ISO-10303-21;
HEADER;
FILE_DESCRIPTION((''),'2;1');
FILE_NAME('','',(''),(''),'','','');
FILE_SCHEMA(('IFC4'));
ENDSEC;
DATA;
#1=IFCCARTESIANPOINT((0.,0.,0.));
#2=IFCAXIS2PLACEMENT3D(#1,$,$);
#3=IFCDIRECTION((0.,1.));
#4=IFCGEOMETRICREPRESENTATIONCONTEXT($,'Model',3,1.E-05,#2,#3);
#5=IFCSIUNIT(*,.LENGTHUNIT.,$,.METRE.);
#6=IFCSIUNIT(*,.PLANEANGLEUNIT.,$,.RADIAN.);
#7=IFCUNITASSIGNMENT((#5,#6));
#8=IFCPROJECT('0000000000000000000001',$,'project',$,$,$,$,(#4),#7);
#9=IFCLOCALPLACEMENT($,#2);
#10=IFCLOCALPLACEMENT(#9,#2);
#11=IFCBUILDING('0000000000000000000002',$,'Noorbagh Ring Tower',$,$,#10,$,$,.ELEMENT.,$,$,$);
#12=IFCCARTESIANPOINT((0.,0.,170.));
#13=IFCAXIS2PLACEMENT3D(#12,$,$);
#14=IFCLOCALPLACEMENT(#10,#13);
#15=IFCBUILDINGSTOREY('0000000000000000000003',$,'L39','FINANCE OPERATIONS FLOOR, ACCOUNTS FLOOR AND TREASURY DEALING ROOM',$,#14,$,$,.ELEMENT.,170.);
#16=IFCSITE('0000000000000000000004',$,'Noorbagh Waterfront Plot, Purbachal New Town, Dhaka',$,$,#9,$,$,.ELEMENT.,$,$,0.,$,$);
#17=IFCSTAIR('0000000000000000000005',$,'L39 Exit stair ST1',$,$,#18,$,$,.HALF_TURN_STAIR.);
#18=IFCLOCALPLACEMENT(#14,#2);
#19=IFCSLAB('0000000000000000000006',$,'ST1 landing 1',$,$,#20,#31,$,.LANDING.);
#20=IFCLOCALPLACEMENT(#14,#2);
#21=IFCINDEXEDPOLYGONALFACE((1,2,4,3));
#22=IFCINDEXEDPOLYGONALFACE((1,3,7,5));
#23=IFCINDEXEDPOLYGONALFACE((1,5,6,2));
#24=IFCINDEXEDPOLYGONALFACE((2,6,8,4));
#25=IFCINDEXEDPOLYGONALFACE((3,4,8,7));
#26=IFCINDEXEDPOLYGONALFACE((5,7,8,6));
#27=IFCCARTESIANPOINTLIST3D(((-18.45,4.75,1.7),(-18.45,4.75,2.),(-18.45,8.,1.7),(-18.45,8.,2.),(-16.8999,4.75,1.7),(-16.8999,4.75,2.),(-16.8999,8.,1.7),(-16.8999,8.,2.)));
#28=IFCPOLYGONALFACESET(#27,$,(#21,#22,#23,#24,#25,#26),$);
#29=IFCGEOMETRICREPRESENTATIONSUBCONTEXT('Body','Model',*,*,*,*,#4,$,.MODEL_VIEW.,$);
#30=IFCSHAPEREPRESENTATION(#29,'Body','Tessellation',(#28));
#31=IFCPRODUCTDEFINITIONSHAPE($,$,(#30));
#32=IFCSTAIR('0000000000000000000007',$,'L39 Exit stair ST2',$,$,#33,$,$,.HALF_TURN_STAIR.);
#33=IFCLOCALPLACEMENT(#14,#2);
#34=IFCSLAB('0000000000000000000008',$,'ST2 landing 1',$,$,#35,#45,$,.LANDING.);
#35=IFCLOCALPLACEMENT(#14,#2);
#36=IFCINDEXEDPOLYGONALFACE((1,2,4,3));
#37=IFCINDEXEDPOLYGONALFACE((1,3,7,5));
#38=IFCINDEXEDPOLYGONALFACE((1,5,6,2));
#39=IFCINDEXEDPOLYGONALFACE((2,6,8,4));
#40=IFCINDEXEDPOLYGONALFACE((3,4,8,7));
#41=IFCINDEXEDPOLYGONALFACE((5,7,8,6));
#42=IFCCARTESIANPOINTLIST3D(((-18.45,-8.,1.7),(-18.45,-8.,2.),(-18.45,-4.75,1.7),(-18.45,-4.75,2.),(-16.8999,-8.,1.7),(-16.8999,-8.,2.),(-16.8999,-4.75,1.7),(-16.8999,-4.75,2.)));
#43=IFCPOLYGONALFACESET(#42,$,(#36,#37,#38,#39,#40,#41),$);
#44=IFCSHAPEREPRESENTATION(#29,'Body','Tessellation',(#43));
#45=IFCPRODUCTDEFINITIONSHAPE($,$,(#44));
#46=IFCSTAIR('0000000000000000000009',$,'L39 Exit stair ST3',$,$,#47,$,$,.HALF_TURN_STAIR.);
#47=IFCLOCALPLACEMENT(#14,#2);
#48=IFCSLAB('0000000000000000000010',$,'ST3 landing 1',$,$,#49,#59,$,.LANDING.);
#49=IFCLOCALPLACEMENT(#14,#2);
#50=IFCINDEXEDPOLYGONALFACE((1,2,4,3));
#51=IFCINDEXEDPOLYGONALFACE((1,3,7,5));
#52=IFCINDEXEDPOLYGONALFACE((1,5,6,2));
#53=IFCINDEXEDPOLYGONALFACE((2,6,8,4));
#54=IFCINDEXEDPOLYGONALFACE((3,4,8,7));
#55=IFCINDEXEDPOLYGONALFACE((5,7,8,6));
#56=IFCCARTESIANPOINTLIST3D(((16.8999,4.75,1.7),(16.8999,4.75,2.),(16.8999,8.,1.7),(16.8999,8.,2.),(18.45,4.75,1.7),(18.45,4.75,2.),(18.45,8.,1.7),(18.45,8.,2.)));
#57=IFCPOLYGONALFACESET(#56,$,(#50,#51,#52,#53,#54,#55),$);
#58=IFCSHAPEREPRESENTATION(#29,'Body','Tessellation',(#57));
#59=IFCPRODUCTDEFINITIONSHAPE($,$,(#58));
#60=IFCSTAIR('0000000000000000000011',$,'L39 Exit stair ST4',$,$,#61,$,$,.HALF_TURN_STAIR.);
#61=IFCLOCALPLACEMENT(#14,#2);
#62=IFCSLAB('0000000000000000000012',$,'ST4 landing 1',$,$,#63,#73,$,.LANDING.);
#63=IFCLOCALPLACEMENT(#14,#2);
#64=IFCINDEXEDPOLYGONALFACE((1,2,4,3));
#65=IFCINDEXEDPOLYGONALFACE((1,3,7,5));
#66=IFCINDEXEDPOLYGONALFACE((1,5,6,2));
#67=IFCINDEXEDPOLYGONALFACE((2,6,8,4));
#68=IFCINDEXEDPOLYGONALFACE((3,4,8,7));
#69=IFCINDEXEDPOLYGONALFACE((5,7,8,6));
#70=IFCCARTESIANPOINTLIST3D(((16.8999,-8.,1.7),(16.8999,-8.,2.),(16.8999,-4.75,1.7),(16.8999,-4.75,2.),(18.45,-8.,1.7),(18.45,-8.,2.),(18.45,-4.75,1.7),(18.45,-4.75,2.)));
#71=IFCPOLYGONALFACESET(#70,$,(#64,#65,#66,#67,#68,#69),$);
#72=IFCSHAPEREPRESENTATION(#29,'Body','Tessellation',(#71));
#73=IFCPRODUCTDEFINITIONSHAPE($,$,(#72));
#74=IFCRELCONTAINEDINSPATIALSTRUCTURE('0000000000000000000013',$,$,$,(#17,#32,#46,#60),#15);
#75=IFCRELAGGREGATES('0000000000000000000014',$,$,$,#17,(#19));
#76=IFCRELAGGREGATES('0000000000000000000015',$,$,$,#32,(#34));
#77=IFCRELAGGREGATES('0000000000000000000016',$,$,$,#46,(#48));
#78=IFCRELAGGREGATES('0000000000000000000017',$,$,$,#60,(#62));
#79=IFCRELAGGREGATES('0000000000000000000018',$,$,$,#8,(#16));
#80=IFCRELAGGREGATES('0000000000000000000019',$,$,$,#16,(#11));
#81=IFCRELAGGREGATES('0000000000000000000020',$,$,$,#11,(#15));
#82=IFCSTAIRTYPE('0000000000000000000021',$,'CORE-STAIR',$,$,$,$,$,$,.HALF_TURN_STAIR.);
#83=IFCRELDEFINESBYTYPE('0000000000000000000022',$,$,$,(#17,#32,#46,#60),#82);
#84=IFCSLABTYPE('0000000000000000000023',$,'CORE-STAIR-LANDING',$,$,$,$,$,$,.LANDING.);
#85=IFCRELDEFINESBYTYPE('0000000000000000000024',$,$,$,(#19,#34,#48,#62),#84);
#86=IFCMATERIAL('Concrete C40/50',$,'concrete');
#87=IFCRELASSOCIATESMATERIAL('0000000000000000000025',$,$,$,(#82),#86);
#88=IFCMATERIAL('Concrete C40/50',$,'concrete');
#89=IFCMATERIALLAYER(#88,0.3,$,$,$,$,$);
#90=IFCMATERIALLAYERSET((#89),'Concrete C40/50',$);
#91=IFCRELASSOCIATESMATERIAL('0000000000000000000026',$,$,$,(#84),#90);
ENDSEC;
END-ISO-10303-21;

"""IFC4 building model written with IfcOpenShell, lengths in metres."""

from ifc_helpers import new_model, si_unit, direction, frame, origin, place, context, subcontext, project, spatial, polyline, outline, extrude, material, layer, layer_set, type_object, element, aggregate, save


model = new_model("IFC4")

# Units and contexts
model_context = context("Model", 3, precision=1e-05, world=origin(), true_north=direction((0.0, 1.0)))
body_context = subcontext(model_context, "Body", "Model", "MODEL_VIEW")
ifc_project = project(units=[si_unit("LENGTHUNIT", "METRE"), si_unit("PLANEANGLEUNIT", "RADIAN")], contexts=[model_context])

# Site, building, storey
site_placement = place(None, origin())
building_placement = place(site_placement, origin())
storey_placement = place(building_placement, frame((0.0, 0.0, 170.0)))
site = spatial("IfcSite", under=ifc_project, at=site_placement, Name="Noorbagh Waterfront Plot, Purbachal New Town, Dhaka", CompositionType="ELEMENT", RefElevation=0.0)
building = spatial("IfcBuilding", under=site, at=building_placement, Name="Noorbagh Ring Tower", CompositionType="ELEMENT")
storey = spatial("IfcBuildingStorey", under=building, at=storey_placement, Name="L39", Description="FINANCE OPERATIONS FLOOR, ACCOUNTS FLOOR AND TREASURY DEALING ROOM", CompositionType="ELEMENT", Elevation=170.0)

# Stairs, slabs
ifc_material_1 = material(Name="Concrete C40/50", Category="concrete")
stair_type = type_object("IfcStairType", Name="CORE-STAIR", PredefinedType="HALF_TURN_STAIR", material=ifc_material_1)
stair_1_placement = place(storey_placement, origin())
stair_1 = element("IfcStair", 1, at=stair_1_placement, inside=storey, type_object=stair_type, Name="L39 Exit stair ST1", PredefinedType="HALF_TURN_STAIR")
ifc_material_2 = material(Name="Concrete C40/50", Category="concrete")
ifc_layer_1 = layer(ifc_material_2, 0.3)
ifc_layer_set_1 = layer_set([ifc_layer_1], Name="Concrete C40/50")
slab_type = type_object("IfcSlabType", Name="CORE-STAIR-LANDING", PredefinedType="LANDING", material=ifc_layer_set_1)
slab_1_placement = place(storey_placement, frame((0.0, 0.0, 1.7)))
slab_1 = element("IfcSlab", 2, at=slab_1_placement, type_object=slab_type, Name="ST1 landing 1", PredefinedType="LANDING", context=body_context, shape_type="SweptSolid", body=[
    extrude(outline(polyline([(-18.45, 4.75), (-16.8999, 4.75), (-16.8999, 8.0), (-18.45, 8.0), (-18.45, 4.75)])), origin(), (0.0, 0.0, 1.0), 0.3),
])
aggregate(stair_1, [slab_1])
stair_2_placement = place(storey_placement, origin())
stair_2 = element("IfcStair", 3, at=stair_2_placement, inside=storey, type_object=stair_type, Name="L39 Exit stair ST2", PredefinedType="HALF_TURN_STAIR")
slab_2_placement = place(storey_placement, frame((0.0, 0.0, 1.7)))
slab_2 = element("IfcSlab", 4, at=slab_2_placement, type_object=slab_type, Name="ST2 landing 1", PredefinedType="LANDING", context=body_context, shape_type="SweptSolid", body=[
    extrude(outline(polyline([(-18.45, -8.0), (-16.8999, -8.0), (-16.8999, -4.75), (-18.45, -4.75), (-18.45, -8.0)])), origin(), (0.0, 0.0, 1.0), 0.3),
])
aggregate(stair_2, [slab_2])
stair_3_placement = place(storey_placement, origin())
stair_3 = element("IfcStair", 5, at=stair_3_placement, inside=storey, type_object=stair_type, Name="L39 Exit stair ST3", PredefinedType="HALF_TURN_STAIR")
slab_3_placement = place(storey_placement, frame((0.0, 0.0, 1.7)))
slab_3 = element("IfcSlab", 6, at=slab_3_placement, type_object=slab_type, Name="ST3 landing 1", PredefinedType="LANDING", context=body_context, shape_type="SweptSolid", body=[
    extrude(outline(polyline([(18.45, 8.0), (16.8999, 8.0), (16.8999, 4.75), (18.45, 4.75), (18.45, 8.0)])), origin(), (0.0, 0.0, 1.0), 0.3),
])
aggregate(stair_3, [slab_3])
stair_4_placement = place(storey_placement, origin())
stair_4 = element("IfcStair", 7, at=stair_4_placement, inside=storey, type_object=stair_type, Name="L39 Exit stair ST4", PredefinedType="HALF_TURN_STAIR")
slab_4_placement = place(storey_placement, frame((0.0, 0.0, 1.7)))
slab_4 = element("IfcSlab", 8, at=slab_4_placement, type_object=slab_type, Name="ST4 landing 1", PredefinedType="LANDING", context=body_context, shape_type="SweptSolid", body=[
    extrude(outline(polyline([(18.45, -4.75), (16.8999, -4.75), (16.8999, -8.0), (18.45, -8.0), (18.45, -4.75)])), origin(), (0.0, 0.0, 1.0), 0.3),
])
aggregate(stair_4, [slab_4])

save(model, "model.ifc")
